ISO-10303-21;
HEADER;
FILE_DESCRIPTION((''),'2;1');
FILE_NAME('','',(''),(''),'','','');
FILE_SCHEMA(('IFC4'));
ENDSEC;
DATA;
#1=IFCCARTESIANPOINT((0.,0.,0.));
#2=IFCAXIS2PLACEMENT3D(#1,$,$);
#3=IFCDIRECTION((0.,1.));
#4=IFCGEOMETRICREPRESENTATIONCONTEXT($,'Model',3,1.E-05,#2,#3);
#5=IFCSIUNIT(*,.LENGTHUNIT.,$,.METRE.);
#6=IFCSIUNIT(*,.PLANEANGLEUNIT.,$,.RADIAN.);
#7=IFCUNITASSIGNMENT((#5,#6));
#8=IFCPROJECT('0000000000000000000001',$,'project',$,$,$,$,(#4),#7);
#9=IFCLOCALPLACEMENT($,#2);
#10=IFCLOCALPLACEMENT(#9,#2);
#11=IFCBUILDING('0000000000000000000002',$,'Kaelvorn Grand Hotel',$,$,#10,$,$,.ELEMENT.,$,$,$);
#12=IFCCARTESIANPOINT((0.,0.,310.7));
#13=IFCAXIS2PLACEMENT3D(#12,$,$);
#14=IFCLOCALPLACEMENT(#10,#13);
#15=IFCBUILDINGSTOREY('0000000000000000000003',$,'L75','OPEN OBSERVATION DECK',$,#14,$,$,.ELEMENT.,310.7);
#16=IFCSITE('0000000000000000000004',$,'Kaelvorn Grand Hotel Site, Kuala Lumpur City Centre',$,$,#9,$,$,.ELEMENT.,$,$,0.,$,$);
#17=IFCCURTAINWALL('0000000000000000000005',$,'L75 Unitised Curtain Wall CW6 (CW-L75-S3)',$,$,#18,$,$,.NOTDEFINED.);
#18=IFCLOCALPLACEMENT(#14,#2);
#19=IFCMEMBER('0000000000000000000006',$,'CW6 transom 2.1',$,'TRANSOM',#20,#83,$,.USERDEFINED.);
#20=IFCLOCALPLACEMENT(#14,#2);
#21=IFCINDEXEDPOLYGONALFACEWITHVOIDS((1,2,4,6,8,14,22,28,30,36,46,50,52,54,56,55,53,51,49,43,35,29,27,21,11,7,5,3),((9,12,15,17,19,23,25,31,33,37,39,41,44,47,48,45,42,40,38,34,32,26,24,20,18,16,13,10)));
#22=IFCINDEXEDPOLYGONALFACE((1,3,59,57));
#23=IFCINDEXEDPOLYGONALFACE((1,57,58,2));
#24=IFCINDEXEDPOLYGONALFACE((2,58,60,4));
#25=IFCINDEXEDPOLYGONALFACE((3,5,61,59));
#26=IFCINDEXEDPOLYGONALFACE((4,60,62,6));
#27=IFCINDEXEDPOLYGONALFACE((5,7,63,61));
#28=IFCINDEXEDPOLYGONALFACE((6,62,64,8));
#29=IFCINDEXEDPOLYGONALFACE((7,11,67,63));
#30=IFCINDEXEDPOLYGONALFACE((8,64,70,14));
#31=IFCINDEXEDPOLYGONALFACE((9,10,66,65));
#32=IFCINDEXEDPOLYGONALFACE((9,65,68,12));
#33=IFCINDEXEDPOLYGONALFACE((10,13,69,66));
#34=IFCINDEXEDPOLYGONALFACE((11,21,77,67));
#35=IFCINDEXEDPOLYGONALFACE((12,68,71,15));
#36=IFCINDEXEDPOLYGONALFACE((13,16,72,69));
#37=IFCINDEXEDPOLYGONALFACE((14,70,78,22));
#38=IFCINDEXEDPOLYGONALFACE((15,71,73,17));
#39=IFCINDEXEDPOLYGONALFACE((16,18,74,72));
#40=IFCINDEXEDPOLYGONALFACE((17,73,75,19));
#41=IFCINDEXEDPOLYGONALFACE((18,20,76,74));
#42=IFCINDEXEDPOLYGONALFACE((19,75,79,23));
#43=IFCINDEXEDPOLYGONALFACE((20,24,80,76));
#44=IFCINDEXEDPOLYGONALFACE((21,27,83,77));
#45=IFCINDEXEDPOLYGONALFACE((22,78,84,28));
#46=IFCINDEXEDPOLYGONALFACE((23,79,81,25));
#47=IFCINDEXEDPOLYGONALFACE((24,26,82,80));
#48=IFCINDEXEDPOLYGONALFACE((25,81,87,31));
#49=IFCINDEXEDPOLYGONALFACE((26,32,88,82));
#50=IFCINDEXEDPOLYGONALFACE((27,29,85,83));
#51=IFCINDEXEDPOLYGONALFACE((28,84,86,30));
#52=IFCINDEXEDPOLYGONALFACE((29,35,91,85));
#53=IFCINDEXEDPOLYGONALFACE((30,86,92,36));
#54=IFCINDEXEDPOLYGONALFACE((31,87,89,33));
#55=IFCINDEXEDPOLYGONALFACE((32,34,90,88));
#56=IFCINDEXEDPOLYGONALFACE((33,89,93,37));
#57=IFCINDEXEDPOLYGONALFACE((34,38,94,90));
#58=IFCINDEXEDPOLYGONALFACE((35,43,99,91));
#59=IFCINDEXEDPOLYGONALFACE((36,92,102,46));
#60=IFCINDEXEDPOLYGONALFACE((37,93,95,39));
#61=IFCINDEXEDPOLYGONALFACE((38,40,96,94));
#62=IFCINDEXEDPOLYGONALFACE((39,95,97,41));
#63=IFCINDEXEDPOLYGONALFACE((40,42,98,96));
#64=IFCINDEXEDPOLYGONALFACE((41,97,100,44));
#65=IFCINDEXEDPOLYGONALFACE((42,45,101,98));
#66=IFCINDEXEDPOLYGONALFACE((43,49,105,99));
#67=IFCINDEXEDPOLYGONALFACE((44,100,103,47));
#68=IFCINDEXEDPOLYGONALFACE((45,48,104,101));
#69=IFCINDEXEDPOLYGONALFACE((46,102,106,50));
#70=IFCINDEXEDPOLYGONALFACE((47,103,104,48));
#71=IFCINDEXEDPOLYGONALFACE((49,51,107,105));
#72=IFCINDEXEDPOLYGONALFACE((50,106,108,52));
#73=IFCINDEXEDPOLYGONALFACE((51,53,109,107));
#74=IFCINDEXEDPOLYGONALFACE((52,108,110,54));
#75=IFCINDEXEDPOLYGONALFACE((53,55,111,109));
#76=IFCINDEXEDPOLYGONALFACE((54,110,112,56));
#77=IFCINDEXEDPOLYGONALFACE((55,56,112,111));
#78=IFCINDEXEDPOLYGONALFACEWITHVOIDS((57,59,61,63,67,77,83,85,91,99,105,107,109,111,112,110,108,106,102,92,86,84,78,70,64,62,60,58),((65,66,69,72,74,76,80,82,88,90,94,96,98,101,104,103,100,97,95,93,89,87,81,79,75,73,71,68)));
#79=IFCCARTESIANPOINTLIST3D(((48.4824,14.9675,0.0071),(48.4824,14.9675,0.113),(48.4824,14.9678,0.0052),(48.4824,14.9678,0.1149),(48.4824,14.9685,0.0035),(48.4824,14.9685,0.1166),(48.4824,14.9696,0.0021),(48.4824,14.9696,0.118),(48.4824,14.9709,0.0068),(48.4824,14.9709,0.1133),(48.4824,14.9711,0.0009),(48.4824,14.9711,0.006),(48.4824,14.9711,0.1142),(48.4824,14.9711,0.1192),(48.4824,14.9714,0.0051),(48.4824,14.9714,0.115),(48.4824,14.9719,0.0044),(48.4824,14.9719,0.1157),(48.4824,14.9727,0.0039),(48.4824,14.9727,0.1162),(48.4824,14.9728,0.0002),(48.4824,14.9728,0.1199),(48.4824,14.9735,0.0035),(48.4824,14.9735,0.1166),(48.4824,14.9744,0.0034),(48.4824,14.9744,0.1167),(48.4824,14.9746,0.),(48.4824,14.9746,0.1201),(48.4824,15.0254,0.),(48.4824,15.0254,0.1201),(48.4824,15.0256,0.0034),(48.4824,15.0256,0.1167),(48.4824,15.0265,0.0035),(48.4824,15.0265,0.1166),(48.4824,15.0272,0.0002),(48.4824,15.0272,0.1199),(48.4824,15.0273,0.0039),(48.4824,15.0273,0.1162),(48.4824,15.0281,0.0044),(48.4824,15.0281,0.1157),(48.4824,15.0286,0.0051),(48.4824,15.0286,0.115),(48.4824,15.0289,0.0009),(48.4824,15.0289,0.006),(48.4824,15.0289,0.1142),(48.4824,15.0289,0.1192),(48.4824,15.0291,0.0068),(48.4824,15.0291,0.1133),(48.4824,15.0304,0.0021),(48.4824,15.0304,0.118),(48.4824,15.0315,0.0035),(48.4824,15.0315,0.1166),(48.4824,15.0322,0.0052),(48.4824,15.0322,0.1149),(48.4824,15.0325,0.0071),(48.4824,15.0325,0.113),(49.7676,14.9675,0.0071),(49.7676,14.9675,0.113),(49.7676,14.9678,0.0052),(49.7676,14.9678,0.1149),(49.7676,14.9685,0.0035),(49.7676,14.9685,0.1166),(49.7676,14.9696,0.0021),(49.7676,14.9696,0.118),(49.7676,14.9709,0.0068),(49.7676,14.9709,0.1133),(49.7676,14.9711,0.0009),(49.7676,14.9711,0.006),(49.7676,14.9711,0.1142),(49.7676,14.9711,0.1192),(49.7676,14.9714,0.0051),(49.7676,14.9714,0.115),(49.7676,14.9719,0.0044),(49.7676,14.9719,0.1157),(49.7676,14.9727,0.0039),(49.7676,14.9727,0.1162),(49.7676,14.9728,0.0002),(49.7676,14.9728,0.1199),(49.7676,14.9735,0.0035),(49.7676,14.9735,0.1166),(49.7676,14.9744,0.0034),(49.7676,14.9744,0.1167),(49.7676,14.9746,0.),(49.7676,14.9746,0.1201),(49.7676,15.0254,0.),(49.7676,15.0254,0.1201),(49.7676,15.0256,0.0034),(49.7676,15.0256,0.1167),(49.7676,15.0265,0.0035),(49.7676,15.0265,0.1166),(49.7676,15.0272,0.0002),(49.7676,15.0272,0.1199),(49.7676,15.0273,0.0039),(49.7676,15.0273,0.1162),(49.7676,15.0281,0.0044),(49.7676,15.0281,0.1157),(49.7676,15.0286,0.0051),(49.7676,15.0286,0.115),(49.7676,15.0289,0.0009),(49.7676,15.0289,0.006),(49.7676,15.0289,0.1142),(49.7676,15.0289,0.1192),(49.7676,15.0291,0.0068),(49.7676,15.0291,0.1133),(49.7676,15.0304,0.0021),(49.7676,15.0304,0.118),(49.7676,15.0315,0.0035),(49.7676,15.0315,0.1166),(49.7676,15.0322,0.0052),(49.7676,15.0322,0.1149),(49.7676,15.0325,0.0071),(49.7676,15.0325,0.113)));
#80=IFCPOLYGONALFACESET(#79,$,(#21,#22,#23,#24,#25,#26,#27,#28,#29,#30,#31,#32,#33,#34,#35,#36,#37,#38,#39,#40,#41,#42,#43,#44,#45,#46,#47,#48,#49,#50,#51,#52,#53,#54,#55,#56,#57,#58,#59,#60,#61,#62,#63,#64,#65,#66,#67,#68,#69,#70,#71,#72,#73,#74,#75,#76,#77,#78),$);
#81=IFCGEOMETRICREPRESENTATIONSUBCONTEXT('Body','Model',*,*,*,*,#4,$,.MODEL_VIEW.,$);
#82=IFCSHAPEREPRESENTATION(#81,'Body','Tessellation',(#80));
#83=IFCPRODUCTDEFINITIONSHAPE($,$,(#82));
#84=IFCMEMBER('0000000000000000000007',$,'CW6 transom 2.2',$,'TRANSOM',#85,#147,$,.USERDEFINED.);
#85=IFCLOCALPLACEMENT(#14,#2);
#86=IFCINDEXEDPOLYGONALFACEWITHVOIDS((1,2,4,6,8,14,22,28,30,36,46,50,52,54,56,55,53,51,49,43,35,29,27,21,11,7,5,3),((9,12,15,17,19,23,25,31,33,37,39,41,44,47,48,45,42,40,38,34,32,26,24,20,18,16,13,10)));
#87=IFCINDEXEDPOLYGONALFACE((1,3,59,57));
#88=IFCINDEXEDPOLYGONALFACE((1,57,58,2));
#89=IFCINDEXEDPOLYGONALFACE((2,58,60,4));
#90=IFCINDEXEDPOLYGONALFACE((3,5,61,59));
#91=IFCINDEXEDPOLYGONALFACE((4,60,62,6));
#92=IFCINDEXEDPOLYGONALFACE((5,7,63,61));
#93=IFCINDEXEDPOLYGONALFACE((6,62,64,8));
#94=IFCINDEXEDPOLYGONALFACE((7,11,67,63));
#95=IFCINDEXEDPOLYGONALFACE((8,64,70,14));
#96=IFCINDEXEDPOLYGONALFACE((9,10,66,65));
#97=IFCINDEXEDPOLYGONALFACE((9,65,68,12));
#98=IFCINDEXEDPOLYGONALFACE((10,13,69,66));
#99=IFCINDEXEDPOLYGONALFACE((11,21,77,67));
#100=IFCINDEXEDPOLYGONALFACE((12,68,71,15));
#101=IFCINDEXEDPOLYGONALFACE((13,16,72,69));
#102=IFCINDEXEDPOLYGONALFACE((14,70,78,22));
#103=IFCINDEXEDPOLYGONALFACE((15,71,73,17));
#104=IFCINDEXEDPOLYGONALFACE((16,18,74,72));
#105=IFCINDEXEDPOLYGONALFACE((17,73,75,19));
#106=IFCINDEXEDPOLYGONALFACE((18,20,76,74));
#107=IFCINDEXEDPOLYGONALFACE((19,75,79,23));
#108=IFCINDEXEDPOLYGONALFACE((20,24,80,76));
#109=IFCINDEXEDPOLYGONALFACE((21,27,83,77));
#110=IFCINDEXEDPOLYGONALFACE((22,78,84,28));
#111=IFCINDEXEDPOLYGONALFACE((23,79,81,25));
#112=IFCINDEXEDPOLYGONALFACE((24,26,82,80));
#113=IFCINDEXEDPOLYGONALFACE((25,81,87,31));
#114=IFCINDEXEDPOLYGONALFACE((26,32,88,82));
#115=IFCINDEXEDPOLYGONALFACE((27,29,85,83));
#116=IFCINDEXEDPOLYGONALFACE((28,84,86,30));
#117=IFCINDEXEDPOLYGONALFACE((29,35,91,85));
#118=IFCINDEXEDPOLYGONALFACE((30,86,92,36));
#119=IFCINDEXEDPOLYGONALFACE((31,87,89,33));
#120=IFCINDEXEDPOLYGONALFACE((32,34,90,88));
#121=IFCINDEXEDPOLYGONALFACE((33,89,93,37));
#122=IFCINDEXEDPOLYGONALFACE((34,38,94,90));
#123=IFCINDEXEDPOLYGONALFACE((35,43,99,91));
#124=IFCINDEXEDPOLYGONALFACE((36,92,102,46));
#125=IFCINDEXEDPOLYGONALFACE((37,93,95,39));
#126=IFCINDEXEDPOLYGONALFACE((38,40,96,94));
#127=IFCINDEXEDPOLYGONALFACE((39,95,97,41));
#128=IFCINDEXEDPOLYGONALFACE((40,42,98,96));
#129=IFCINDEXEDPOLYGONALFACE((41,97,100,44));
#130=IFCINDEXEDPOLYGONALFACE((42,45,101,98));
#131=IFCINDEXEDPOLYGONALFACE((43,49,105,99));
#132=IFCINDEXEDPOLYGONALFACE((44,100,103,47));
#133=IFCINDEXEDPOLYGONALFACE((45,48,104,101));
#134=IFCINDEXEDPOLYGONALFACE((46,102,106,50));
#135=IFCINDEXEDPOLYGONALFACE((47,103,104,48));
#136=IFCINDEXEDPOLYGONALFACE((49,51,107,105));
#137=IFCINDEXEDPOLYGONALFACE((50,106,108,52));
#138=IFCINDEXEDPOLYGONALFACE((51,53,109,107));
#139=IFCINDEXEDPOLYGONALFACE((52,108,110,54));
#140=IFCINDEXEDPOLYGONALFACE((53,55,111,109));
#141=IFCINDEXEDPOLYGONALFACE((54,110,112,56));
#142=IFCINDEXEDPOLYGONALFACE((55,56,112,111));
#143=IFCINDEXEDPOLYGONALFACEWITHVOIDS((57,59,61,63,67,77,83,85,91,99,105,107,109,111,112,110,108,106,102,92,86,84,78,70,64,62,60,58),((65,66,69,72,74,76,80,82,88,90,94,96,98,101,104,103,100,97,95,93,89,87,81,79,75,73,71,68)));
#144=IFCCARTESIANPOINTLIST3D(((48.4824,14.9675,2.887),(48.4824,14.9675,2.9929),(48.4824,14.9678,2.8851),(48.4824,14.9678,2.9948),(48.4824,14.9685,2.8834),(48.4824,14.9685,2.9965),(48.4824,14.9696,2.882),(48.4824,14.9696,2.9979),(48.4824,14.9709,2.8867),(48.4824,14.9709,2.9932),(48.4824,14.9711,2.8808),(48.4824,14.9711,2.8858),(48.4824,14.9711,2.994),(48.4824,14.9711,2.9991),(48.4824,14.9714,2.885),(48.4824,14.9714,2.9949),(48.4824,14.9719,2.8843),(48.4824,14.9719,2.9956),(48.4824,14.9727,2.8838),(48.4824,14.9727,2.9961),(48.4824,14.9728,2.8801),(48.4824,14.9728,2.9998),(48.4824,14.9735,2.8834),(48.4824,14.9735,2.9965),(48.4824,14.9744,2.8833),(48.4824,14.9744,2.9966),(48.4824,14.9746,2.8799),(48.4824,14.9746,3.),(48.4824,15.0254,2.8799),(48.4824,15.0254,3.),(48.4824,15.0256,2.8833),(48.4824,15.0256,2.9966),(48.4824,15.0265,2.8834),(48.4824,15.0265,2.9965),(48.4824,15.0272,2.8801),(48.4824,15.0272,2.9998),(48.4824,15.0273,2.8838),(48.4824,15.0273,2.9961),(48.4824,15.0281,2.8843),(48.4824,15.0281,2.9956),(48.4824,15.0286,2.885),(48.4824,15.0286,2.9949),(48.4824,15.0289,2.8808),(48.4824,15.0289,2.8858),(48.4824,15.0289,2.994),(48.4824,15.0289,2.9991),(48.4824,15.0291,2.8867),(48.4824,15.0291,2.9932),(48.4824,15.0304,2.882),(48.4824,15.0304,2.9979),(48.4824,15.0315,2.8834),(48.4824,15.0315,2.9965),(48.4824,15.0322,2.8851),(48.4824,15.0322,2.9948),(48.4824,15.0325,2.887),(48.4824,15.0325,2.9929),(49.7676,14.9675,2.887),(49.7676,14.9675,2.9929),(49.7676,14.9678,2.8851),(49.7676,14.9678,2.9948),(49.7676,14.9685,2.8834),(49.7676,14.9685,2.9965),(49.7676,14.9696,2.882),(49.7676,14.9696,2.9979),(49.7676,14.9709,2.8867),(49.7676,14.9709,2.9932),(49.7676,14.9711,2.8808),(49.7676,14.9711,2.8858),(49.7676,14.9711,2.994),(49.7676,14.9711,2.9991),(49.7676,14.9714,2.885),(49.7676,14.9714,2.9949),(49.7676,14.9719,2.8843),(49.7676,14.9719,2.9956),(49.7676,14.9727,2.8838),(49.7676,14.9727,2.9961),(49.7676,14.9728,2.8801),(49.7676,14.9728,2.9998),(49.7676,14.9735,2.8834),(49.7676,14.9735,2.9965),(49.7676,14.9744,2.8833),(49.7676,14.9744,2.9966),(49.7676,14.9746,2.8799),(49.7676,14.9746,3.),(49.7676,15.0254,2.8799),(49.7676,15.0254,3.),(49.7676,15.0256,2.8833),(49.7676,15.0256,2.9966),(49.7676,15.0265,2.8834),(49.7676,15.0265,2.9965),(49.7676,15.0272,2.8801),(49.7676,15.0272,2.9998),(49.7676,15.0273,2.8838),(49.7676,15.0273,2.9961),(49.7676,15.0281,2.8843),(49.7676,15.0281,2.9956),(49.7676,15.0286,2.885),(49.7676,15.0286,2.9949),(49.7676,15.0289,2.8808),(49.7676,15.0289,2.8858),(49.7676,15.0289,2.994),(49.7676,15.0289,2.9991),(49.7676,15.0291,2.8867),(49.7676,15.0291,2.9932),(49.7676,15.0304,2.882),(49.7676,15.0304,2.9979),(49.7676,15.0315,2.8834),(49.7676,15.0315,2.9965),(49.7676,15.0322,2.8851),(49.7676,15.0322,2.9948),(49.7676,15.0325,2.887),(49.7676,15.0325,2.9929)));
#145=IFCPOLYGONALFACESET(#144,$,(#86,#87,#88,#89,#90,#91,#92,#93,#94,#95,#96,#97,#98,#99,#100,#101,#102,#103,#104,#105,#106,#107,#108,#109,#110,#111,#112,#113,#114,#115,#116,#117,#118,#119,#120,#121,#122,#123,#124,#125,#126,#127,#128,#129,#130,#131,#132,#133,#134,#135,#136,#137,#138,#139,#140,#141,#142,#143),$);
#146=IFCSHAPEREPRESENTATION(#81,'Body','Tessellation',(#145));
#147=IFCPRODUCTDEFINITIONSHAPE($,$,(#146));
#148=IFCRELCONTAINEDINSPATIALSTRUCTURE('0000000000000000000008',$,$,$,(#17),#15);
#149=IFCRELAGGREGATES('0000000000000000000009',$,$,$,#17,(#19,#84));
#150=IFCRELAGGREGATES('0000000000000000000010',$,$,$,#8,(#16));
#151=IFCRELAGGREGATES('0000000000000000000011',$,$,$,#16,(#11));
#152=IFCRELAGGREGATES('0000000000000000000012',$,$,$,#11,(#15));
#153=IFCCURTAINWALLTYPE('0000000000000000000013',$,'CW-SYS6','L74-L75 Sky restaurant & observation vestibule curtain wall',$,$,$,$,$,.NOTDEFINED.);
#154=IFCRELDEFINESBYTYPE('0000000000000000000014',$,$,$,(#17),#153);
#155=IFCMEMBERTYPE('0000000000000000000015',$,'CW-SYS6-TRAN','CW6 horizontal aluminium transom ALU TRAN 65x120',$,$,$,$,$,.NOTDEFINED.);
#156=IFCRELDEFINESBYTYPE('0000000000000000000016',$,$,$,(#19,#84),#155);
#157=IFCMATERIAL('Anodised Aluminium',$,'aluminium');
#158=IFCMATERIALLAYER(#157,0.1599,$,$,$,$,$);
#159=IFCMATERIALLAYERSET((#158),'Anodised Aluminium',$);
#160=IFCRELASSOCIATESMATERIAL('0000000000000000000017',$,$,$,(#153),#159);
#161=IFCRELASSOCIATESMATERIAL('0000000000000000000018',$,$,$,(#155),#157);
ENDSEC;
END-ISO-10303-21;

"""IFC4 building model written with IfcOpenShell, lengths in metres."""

from ifc_helpers import new_model, si_unit, direction, frame, origin, origin_2d, place, context, subcontext, project, spatial, hollow_rectangle, extrude, material, layer, layer_set, material_profile, profile_set, type_object, element, aggregate, save


model = new_model("IFC4")

# Units and contexts
model_context = context("Model", 3, precision=1e-05, world=origin(), true_north=direction((0.0, 1.0)))
body_context = subcontext(model_context, "Body", "Model", "MODEL_VIEW")
ifc_project = project(units=[si_unit("LENGTHUNIT", "METRE"), si_unit("PLANEANGLEUNIT", "RADIAN")], contexts=[model_context])

# Site, building, storey
site_placement = place(None, origin())
site = spatial("IfcSite", under=ifc_project, at=site_placement, Name="Kaelvorn Grand Hotel Site, Kuala Lumpur City Centre", CompositionType="ELEMENT", RefElevation=0.0)
building_placement = place(site_placement, origin())
building = spatial("IfcBuilding", under=site, at=building_placement, Name="Kaelvorn Grand Hotel", CompositionType="ELEMENT")
storey_placement = place(building_placement, frame((0.0, 0.0, 310.7)))
storey = spatial("IfcBuildingStorey", under=building, at=storey_placement, Name="L75", Description="OPEN OBSERVATION DECK", CompositionType="ELEMENT", Elevation=310.7)

# Curtain wall, members
ifc_material_1 = material(Name="Anodised Aluminium", Category="aluminium")
ifc_layer_1 = layer(ifc_material_1, 0.1599)
ifc_layer_set_1 = layer_set([ifc_layer_1], Name="Anodised Aluminium")
curtain_wall_type = type_object("IfcCurtainWallType", Name="CW-SYS6", Description="L74-L75 Sky restaurant & observation vestibule curtain wall", PredefinedType="NOTDEFINED", material=ifc_layer_set_1)
curtain_wall_placement = place(storey_placement, origin())
curtain_wall = element("IfcCurtainWall", 1, at=curtain_wall_placement, inside=storey, type_object=curtain_wall_type, Name="L75 Unitised Curtain Wall CW6 (CW-L75-S3)", PredefinedType="NOTDEFINED")
ifc_material_profile_1 = material_profile(ifc_material_1, hollow_rectangle(XDim=0.0649, YDim=0.1201, WallThickness=0.0034, InnerFilletRadius=0.0034, OuterFilletRadius=0.0071, at=origin_2d()), Name="ALU TRAN 65x120")
ifc_profile_set_1 = profile_set([ifc_material_profile_1], Name="Anodised Aluminium")
member_type_1 = type_object("IfcMemberType", Name="CW-SYS6-TRAN", Description="CW6 horizontal aluminium transom ALU TRAN 65x120", PredefinedType="NOTDEFINED", material=ifc_profile_set_1)
member_1_placement = place(storey_placement, frame((48.4824, 15.0, 0.0601), z_axis=(1.0, 0.0, 0.0), x_axis=(0.0, 1.0, 0.0)))
member_1 = element("IfcMember", 2, at=member_1_placement, type_object=member_type_1, Name="CW6 transom 2.1", ObjectType="TRANSOM", PredefinedType="USERDEFINED", context=body_context, shape_type="SweptSolid", body=[
    extrude(hollow_rectangle(XDim=0.0649, YDim=0.1201, WallThickness=0.0034, InnerFilletRadius=0.0034, OuterFilletRadius=0.0071, at=origin_2d()), origin(), (0.0, 0.0, 1.0), 1.2852),
])
member_2_placement = place(storey_placement, frame((48.4824, 15.0, 2.9399), z_axis=(1.0, 0.0, 0.0), x_axis=(0.0, 1.0, 0.0)))
member_2 = element("IfcMember", 3, at=member_2_placement, type_object=member_type_1, Name="CW6 transom 2.2", ObjectType="TRANSOM", PredefinedType="USERDEFINED", context=body_context, shape_type="SweptSolid", body=[
    extrude(hollow_rectangle(XDim=0.0649, YDim=0.1201, WallThickness=0.0034, InnerFilletRadius=0.0034, OuterFilletRadius=0.0071, at=origin_2d()), origin(), (0.0, 0.0, 1.0), 1.2852),
])

aggregate(curtain_wall, [member_1, member_2])

save(model, "model.ifc")
